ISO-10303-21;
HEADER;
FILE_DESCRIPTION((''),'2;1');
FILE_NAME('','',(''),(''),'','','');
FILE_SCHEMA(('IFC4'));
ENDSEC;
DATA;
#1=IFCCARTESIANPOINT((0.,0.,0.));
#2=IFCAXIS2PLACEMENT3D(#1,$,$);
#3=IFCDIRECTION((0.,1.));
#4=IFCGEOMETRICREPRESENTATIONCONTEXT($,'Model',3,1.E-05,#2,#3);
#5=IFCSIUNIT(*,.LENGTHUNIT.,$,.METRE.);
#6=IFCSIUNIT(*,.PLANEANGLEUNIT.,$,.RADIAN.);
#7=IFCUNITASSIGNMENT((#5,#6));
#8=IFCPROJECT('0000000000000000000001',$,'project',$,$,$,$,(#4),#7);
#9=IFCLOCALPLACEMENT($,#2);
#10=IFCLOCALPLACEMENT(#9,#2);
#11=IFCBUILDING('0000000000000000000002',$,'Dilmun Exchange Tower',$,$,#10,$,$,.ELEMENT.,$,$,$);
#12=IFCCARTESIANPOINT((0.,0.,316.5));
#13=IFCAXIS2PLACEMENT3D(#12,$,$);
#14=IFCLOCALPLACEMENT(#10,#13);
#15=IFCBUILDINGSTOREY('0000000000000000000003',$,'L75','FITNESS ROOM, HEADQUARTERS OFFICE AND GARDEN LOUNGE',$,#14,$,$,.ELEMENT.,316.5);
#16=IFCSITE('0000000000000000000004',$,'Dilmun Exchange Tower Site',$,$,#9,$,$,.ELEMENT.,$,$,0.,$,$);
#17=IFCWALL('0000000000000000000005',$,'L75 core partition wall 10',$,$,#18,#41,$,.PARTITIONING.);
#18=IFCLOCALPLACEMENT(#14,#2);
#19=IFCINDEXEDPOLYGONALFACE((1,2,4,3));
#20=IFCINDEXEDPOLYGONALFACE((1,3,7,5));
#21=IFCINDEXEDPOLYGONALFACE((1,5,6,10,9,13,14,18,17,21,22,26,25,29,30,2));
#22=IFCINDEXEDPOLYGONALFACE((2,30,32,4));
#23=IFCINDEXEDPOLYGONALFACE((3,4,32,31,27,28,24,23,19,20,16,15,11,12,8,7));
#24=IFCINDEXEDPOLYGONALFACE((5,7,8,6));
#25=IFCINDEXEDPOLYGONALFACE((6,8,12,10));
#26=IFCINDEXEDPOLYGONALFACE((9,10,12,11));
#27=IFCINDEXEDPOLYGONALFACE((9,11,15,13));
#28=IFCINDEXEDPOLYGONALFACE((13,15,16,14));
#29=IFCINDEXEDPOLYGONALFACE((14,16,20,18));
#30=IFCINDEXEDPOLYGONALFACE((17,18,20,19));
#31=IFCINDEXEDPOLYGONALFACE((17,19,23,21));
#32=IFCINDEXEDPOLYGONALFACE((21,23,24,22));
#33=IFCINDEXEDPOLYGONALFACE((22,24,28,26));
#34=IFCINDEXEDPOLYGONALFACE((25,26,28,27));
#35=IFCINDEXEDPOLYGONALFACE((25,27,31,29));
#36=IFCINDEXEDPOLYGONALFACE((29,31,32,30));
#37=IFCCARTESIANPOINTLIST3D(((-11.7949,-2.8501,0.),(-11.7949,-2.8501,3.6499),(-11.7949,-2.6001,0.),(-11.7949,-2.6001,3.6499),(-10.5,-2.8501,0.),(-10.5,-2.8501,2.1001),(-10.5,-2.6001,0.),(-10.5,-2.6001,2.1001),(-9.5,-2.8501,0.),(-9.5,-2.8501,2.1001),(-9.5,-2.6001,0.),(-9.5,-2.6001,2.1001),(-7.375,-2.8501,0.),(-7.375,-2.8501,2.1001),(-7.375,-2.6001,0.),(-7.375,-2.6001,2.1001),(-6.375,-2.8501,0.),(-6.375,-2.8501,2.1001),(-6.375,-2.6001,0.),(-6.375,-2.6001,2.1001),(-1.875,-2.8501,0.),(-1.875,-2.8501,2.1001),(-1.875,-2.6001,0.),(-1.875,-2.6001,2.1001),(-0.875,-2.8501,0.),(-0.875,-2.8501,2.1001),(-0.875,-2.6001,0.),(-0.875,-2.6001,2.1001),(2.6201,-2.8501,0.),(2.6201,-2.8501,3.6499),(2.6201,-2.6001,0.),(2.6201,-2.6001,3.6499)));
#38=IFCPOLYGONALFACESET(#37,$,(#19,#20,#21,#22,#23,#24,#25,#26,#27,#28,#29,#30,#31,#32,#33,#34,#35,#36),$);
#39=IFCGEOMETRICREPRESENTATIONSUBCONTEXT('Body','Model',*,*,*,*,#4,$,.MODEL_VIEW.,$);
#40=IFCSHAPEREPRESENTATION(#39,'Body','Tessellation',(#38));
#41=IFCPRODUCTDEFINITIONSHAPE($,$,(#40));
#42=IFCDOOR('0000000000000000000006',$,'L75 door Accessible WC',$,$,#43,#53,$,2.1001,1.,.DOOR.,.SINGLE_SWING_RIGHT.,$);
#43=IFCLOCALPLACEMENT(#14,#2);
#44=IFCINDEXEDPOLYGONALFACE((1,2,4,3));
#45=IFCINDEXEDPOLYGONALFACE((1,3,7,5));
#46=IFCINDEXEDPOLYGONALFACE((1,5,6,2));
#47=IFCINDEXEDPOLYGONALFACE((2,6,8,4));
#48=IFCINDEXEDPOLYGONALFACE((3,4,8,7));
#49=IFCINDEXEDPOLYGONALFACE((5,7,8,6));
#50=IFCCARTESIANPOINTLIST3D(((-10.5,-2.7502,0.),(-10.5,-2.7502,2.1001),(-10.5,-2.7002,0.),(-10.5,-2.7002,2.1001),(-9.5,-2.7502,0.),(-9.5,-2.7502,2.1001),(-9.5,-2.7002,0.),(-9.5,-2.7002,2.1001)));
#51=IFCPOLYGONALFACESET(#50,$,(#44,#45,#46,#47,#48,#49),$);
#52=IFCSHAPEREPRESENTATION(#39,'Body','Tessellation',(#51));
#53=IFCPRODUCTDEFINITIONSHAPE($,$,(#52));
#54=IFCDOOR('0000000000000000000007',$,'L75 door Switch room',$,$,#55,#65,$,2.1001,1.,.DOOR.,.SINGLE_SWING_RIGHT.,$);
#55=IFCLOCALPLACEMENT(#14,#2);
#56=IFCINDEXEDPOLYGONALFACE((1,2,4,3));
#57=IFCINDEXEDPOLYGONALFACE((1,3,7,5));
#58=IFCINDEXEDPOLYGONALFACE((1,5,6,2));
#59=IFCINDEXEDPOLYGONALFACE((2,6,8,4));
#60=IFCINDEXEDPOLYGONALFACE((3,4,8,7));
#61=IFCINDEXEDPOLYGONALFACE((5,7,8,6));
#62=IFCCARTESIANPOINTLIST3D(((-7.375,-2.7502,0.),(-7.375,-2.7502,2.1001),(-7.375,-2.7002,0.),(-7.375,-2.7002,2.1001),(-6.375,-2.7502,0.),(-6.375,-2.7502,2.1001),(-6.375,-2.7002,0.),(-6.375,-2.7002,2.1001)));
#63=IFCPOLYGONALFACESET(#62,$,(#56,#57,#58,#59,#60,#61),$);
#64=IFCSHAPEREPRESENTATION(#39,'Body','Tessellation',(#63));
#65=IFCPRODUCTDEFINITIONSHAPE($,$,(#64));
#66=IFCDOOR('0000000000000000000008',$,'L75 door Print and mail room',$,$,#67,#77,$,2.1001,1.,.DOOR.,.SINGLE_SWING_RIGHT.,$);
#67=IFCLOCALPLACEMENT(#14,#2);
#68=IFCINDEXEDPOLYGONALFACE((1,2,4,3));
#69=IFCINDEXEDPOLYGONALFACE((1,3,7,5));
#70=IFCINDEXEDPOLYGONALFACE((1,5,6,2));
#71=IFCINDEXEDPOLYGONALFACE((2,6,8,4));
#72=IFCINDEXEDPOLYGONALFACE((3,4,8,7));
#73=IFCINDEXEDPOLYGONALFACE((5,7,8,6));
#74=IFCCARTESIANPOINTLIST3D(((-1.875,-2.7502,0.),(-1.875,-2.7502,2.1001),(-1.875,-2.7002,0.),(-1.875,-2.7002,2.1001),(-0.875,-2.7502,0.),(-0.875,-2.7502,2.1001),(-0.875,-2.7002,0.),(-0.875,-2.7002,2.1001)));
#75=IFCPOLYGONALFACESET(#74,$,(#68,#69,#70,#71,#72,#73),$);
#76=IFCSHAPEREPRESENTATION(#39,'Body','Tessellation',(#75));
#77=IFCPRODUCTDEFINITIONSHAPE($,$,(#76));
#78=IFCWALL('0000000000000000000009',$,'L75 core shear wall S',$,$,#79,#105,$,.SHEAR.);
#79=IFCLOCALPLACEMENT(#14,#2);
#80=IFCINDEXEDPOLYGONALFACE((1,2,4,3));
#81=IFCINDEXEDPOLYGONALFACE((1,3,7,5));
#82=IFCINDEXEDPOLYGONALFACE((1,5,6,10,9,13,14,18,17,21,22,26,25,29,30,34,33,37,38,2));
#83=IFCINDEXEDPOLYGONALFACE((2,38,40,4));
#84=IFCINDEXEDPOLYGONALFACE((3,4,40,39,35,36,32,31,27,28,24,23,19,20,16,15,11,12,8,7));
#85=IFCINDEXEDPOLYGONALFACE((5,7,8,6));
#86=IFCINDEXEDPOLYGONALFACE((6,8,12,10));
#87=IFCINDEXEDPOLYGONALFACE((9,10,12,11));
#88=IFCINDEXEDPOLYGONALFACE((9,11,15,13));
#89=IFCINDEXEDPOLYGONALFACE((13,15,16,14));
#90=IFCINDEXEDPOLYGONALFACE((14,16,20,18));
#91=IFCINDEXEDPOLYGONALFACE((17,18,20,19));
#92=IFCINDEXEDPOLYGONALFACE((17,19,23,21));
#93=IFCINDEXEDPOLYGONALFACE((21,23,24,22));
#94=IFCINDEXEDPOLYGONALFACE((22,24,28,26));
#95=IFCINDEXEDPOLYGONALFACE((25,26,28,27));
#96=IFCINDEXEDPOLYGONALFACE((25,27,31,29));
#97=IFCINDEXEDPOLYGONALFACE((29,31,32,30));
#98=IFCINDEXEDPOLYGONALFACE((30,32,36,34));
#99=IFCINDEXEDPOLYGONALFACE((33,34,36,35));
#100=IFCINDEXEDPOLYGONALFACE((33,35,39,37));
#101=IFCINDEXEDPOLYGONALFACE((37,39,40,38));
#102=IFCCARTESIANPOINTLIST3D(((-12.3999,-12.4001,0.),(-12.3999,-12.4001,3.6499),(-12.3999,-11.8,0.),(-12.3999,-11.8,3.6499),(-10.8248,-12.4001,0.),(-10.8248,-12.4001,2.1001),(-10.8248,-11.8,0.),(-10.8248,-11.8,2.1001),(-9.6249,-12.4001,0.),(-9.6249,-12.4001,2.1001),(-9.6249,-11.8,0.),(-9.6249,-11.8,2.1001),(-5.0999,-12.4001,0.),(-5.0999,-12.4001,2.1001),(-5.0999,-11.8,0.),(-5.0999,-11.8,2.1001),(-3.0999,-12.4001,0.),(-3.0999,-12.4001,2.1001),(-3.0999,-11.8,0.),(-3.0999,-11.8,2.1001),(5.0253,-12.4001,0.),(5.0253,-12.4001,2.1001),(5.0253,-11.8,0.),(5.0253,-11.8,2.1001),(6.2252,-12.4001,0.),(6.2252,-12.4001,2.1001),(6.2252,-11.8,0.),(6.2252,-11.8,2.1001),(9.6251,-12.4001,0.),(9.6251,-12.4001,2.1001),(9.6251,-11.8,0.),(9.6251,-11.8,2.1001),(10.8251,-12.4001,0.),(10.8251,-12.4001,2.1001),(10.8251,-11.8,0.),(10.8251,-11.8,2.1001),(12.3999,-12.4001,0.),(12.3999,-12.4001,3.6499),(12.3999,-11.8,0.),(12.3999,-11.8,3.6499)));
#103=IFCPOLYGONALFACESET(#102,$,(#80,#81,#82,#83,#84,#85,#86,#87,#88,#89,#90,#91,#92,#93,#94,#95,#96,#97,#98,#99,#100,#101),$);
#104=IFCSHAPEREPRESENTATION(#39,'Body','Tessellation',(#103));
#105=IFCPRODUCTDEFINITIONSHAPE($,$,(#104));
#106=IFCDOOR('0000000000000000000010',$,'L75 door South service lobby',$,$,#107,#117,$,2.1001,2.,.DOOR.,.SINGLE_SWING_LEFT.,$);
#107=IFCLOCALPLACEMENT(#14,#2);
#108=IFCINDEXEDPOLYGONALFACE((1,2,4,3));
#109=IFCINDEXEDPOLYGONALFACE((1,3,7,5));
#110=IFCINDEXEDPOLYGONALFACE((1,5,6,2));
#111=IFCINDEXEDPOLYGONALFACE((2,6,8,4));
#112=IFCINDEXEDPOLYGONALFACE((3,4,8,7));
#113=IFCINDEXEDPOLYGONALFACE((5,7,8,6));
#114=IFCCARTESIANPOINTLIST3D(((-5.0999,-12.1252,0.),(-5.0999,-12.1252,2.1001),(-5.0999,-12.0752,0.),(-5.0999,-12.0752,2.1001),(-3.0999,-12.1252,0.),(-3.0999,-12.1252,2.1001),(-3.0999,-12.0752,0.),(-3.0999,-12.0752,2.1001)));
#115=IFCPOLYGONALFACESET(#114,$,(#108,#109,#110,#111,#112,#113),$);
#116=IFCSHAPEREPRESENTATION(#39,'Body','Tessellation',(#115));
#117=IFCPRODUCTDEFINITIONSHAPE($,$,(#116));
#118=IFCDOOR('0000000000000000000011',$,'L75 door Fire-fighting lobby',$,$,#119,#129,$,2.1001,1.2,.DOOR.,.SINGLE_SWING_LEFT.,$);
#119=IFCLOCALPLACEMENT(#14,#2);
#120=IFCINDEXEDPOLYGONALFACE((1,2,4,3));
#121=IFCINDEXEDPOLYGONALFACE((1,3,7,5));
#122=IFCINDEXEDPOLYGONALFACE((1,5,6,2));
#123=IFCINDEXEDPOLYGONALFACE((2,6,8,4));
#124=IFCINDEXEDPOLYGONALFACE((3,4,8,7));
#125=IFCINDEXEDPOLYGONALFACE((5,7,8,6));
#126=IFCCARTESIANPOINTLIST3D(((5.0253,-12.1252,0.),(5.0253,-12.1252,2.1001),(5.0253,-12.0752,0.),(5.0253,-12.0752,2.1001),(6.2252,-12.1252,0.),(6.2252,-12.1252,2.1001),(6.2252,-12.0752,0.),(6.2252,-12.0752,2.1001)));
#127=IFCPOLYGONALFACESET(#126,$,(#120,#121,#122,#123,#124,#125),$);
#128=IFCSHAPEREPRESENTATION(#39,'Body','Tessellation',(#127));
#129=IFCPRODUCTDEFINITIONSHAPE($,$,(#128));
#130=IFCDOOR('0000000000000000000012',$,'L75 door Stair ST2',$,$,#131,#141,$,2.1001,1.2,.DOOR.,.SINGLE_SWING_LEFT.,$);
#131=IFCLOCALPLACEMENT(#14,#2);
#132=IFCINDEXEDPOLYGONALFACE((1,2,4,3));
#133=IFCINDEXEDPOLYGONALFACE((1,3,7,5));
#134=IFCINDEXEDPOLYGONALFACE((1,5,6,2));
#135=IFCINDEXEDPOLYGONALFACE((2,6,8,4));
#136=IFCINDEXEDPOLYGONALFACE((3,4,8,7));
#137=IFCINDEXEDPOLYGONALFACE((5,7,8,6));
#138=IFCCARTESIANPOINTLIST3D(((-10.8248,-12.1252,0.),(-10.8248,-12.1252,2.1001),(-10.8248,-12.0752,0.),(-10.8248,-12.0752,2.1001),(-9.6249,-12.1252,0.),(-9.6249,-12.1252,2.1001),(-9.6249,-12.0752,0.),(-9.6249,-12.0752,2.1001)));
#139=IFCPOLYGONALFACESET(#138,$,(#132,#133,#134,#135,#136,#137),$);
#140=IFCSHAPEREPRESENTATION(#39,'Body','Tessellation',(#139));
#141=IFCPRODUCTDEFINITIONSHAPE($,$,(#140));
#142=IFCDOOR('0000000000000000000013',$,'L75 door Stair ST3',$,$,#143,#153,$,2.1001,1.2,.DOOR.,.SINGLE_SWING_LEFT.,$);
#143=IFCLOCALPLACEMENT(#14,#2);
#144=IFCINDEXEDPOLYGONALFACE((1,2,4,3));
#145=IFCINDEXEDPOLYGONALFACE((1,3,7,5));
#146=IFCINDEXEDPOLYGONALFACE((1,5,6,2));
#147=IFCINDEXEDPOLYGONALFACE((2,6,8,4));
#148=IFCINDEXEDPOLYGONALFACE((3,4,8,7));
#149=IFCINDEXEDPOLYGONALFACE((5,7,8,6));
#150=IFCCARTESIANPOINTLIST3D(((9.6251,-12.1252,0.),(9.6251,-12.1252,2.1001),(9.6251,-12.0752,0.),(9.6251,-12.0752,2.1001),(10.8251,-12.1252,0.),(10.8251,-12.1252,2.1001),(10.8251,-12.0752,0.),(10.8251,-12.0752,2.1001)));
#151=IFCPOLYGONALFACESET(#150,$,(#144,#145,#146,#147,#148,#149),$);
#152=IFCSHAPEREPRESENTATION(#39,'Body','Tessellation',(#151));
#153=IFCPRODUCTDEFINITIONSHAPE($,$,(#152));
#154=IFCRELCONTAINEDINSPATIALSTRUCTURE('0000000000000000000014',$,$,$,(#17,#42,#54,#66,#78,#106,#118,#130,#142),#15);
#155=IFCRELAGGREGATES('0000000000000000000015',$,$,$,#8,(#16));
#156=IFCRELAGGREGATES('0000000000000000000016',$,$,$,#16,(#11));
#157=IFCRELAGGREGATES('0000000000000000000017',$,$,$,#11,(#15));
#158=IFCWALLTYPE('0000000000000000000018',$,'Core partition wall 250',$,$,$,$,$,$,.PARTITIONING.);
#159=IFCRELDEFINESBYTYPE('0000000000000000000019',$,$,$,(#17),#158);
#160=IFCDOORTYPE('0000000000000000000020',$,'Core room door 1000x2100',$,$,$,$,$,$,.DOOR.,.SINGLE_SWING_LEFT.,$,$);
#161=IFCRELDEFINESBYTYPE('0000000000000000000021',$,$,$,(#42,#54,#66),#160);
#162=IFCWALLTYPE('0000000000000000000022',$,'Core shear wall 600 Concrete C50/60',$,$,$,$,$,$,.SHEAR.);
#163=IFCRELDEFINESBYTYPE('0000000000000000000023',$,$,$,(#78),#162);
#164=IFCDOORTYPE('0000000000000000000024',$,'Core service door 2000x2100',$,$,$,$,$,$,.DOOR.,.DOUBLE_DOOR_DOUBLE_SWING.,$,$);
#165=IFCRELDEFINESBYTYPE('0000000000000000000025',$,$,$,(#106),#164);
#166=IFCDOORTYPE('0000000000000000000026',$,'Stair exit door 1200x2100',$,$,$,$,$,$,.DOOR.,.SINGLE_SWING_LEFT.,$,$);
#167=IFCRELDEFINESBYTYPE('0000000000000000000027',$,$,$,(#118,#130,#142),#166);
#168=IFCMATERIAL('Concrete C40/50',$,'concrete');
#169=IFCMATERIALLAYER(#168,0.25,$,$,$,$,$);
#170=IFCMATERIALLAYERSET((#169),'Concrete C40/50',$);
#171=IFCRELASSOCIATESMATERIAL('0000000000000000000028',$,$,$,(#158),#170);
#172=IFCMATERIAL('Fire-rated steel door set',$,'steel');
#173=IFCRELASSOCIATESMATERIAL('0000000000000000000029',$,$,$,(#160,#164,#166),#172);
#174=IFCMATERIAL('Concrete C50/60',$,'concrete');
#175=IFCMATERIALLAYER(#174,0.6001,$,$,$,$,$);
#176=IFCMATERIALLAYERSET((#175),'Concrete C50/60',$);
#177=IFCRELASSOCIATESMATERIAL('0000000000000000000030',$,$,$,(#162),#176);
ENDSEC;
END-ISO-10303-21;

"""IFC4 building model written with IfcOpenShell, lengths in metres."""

from ifc_helpers import new_model, si_unit, direction, frame, frame_2d, origin, place, context, subcontext, project, spatial, rectangle, extrude, material, layer, layer_set, type_object, element, fill, save


model = new_model("IFC4")

# Units and contexts
model_context = context("Model", 3, precision=1e-05, world=origin(), true_north=direction((0.0, 1.0)))
body_context = subcontext(model_context, "Body", "Model", "MODEL_VIEW")
ifc_project = project(units=[si_unit("LENGTHUNIT", "METRE"), si_unit("PLANEANGLEUNIT", "RADIAN")], contexts=[model_context])

# Site, building, storey
site_placement = place(None, origin())
site = spatial("IfcSite", under=ifc_project, at=site_placement, Name="Dilmun Exchange Tower Site", CompositionType="ELEMENT", RefElevation=0.0)
building_placement = place(site_placement, origin())
building = spatial("IfcBuilding", under=site, at=building_placement, Name="Dilmun Exchange Tower", CompositionType="ELEMENT")
storey_placement = place(building_placement, frame((0.0, 0.0, 316.5)))
storey = spatial("IfcBuildingStorey", under=building, at=storey_placement, Name="L75", Description="FITNESS ROOM, HEADQUARTERS OFFICE AND GARDEN LOUNGE", CompositionType="ELEMENT", Elevation=316.5)

# Walls, openings, doors
ifc_material_1 = material(Name="Concrete C40/50", Category="concrete")
ifc_layer_1 = layer(ifc_material_1, 0.25)
ifc_layer_set_1 = layer_set([ifc_layer_1], Name="Concrete C40/50")
wall_type_1 = type_object("IfcWallType", Name="Core partition wall 250", PredefinedType="PARTITIONING", material=ifc_layer_set_1)
wall_1_placement = place(storey_placement, frame((-11.7949, -2.7251, 0.0), z_axis=(0.0, 0.0, 1.0), x_axis=(1.0, 0.0, 0.0)))
wall_1 = element("IfcWall", 1, at=wall_1_placement, inside=storey, type_object=wall_type_1, Name="L75 core partition wall 10", PredefinedType="PARTITIONING", context=body_context, shape_type="SweptSolid", body=[
    extrude(rectangle(XDim=14.415, YDim=0.25, at=frame_2d((7.2075, 0.0))), origin(), (0.0, 0.0, 1.0), 3.6499),
])
opening_1_placement = place(wall_1_placement, frame((1.2949, 0.0, 0.0)))
opening_1 = element("IfcOpeningElement", 2, at=opening_1_placement, cuts=wall_1, PredefinedType="OPENING", context=body_context, shape_type="SweptSolid", body=[
    extrude(rectangle(XDim=1.0, YDim=2.1001, at=frame_2d((0.5, 1.05))), frame((0.0, 0.135, 0.0), z_axis=(0.0, -1.0, 0.0), x_axis=(1.0, 0.0, 0.0)), (0.0, 0.0, 1.0), 0.27),
])
opening_2_placement = place(wall_1_placement, frame((4.4199, 0.0, 0.0)))
opening_2 = element("IfcOpeningElement", 3, at=opening_2_placement, cuts=wall_1, PredefinedType="OPENING", context=body_context, shape_type="SweptSolid", body=[
    extrude(rectangle(XDim=1.0, YDim=2.1001, at=frame_2d((0.5, 1.05))), frame((0.0, 0.135, 0.0), z_axis=(0.0, -1.0, 0.0), x_axis=(1.0, 0.0, 0.0)), (0.0, 0.0, 1.0), 0.27),
])
opening_3_placement = place(wall_1_placement, frame((9.9199, 0.0, 0.0)))
opening_3 = element("IfcOpeningElement", 4, at=opening_3_placement, cuts=wall_1, PredefinedType="OPENING", context=body_context, shape_type="SweptSolid", body=[
    extrude(rectangle(XDim=1.0, YDim=2.1001, at=frame_2d((0.5, 1.05))), frame((0.0, 0.135, 0.0), z_axis=(0.0, -1.0, 0.0), x_axis=(1.0, 0.0, 0.0)), (0.0, 0.0, 1.0), 0.27),
])
ifc_material_2 = material(Name="Fire-rated steel door set", Category="steel")
door_type_1 = type_object("IfcDoorType", Name="Core room door 1000x2100", OperationType="SINGLE_SWING_LEFT", PredefinedType="DOOR", material=ifc_material_2)
door_1_placement = place(opening_1_placement, origin())
door_1 = element("IfcDoor", 5, at=door_1_placement, inside=storey, type_object=door_type_1, Name="L75 door Accessible WC", OperationType="SINGLE_SWING_RIGHT", OverallHeight=2.1001, OverallWidth=1.0, PredefinedType="DOOR", context=body_context, shape_type="SweptSolid", body=[
    extrude(rectangle(XDim=1.0, YDim=2.1001, at=frame_2d((0.5, 1.05))), frame((0.0, 0.0249, 0.0), z_axis=(0.0, -1.0, 0.0), x_axis=(1.0, 0.0, 0.0)), (0.0, 0.0, 1.0), 0.05),
])
fill(opening_1, door_1)
door_2_placement = place(opening_2_placement, origin())
door_2 = element("IfcDoor", 6, at=door_2_placement, inside=storey, type_object=door_type_1, Name="L75 door Switch room", OperationType="SINGLE_SWING_RIGHT", OverallHeight=2.1001, OverallWidth=1.0, PredefinedType="DOOR", context=body_context, shape_type="SweptSolid", body=[
    extrude(rectangle(XDim=1.0, YDim=2.1001, at=frame_2d((0.5, 1.05))), frame((0.0, 0.0249, 0.0), z_axis=(0.0, -1.0, 0.0), x_axis=(1.0, 0.0, 0.0)), (0.0, 0.0, 1.0), 0.05),
])
fill(opening_2, door_2)
door_3_placement = place(opening_3_placement, origin())
door_3 = element("IfcDoor", 7, at=door_3_placement, inside=storey, type_object=door_type_1, Name="L75 door Print and mail room", OperationType="SINGLE_SWING_RIGHT", OverallHeight=2.1001, OverallWidth=1.0, PredefinedType="DOOR", context=body_context, shape_type="SweptSolid", body=[
    extrude(rectangle(XDim=1.0, YDim=2.1001, at=frame_2d((0.5, 1.05))), frame((0.0, 0.0249, 0.0), z_axis=(0.0, -1.0, 0.0), x_axis=(1.0, 0.0, 0.0)), (0.0, 0.0, 1.0), 0.05),
])
fill(opening_3, door_3)
ifc_material_3 = material(Name="Concrete C50/60", Category="concrete")
ifc_layer_2 = layer(ifc_material_3, 0.6001)
ifc_layer_set_2 = layer_set([ifc_layer_2], Name="Concrete C50/60")
wall_type_2 = type_object("IfcWallType", Name="Core shear wall 600 Concrete C50/60", PredefinedType="SHEAR", material=ifc_layer_set_2)
wall_2_placement = place(storey_placement, frame((-12.3999, -12.1001, 0.0), z_axis=(0.0, 0.0, 1.0), x_axis=(1.0, 0.0, 0.0)))
wall_2 = element("IfcWall", 8, at=wall_2_placement, inside=storey, type_object=wall_type_2, Name="L75 core shear wall S", PredefinedType="SHEAR", context=body_context, shape_type="SweptSolid", body=[
    extrude(rectangle(XDim=24.7998, YDim=0.6001, at=frame_2d((12.3999, 0.0))), origin(), (0.0, 0.0, 1.0), 3.6499),
])
opening_4_placement = place(wall_2_placement, frame((7.3, 0.0, 0.0)))
opening_4 = element("IfcOpeningElement", 9, at=opening_4_placement, cuts=wall_2, PredefinedType="OPENING", context=body_context, shape_type="SweptSolid", body=[
    extrude(rectangle(XDim=2.0, YDim=2.1001, at=frame_2d((1.0, 1.05))), frame((0.0, 0.3101, 0.0), z_axis=(0.0, -1.0, 0.0), x_axis=(1.0, 0.0, 0.0)), (0.0, 0.0, 1.0), 0.6201),
])
opening_5_placement = place(wall_2_placement, frame((17.425, 0.0, 0.0)))
opening_5 = element("IfcOpeningElement", 10, at=opening_5_placement, cuts=wall_2, PredefinedType="OPENING", context=body_context, shape_type="SweptSolid", body=[
    extrude(rectangle(XDim=1.2, YDim=2.1001, at=frame_2d((0.6001, 1.05))), frame((0.0, 0.3101, 0.0), z_axis=(0.0, -1.0, 0.0), x_axis=(1.0, 0.0, 0.0)), (0.0, 0.0, 1.0), 0.6201),
])
opening_6_placement = place(wall_2_placement, frame((1.575, 0.0, 0.0)))
opening_6 = element("IfcOpeningElement", 11, at=opening_6_placement, cuts=wall_2, PredefinedType="OPENING", context=body_context, shape_type="SweptSolid", body=[
    extrude(rectangle(XDim=1.2, YDim=2.1001, at=frame_2d((0.6001, 1.05))), frame((0.0, 0.3101, 0.0), z_axis=(0.0, -1.0, 0.0), x_axis=(1.0, 0.0, 0.0)), (0.0, 0.0, 1.0), 0.6201),
])
opening_7_placement = place(wall_2_placement, frame((22.0249, 0.0, 0.0)))
opening_7 = element("IfcOpeningElement", 12, at=opening_7_placement, cuts=wall_2, PredefinedType="OPENING", context=body_context, shape_type="SweptSolid", body=[
    extrude(rectangle(XDim=1.2, YDim=2.1001, at=frame_2d((0.6001, 1.05))), frame((0.0, 0.3101, 0.0), z_axis=(0.0, -1.0, 0.0), x_axis=(1.0, 0.0, 0.0)), (0.0, 0.0, 1.0), 0.6201),
])
door_type_2 = type_object("IfcDoorType", Name="Core service door 2000x2100", OperationType="DOUBLE_DOOR_DOUBLE_SWING", PredefinedType="DOOR", material=ifc_material_2)
door_4_placement = place(opening_4_placement, origin())
door_4 = element("IfcDoor", 13, at=door_4_placement, inside=storey, type_object=door_type_2, Name="L75 door South service lobby", OperationType="SINGLE_SWING_LEFT", OverallHeight=2.1001, OverallWidth=2.0, PredefinedType="DOOR", context=body_context, shape_type="SweptSolid", body=[
    extrude(rectangle(XDim=2.0, YDim=2.1001, at=frame_2d((1.0, 1.05))), frame((0.0, 0.0249, 0.0), z_axis=(0.0, -1.0, 0.0), x_axis=(1.0, 0.0, 0.0)), (0.0, 0.0, 1.0), 0.05),
])
fill(opening_4, door_4)
door_type_3 = type_object("IfcDoorType", Name="Stair exit door 1200x2100", OperationType="SINGLE_SWING_LEFT", PredefinedType="DOOR", material=ifc_material_2)
door_5_placement = place(opening_5_placement, origin())
door_5 = element("IfcDoor", 14, at=door_5_placement, inside=storey, type_object=door_type_3, Name="L75 door Fire-fighting lobby", OperationType="SINGLE_SWING_LEFT", OverallHeight=2.1001, OverallWidth=1.2, PredefinedType="DOOR", context=body_context, shape_type="SweptSolid", body=[
    extrude(rectangle(XDim=1.2, YDim=2.1001, at=frame_2d((0.6001, 1.05))), frame((0.0, 0.0249, 0.0), z_axis=(0.0, -1.0, 0.0), x_axis=(1.0, 0.0, 0.0)), (0.0, 0.0, 1.0), 0.05),
])
fill(opening_5, door_5)
door_6_placement = place(opening_6_placement, origin())
door_6 = element("IfcDoor", 15, at=door_6_placement, inside=storey, type_object=door_type_3, Name="L75 door Stair ST2", OperationType="SINGLE_SWING_LEFT", OverallHeight=2.1001, OverallWidth=1.2, PredefinedType="DOOR", context=body_context, shape_type="SweptSolid", body=[
    extrude(rectangle(XDim=1.2, YDim=2.1001, at=frame_2d((0.6001, 1.05))), frame((0.0, 0.0249, 0.0), z_axis=(0.0, -1.0, 0.0), x_axis=(1.0, 0.0, 0.0)), (0.0, 0.0, 1.0), 0.05),
])
fill(opening_6, door_6)
door_7_placement = place(opening_7_placement, origin())
door_7 = element("IfcDoor", 16, at=door_7_placement, inside=storey, type_object=door_type_3, Name="L75 door Stair ST3", OperationType="SINGLE_SWING_LEFT", OverallHeight=2.1001, OverallWidth=1.2, PredefinedType="DOOR", context=body_context, shape_type="SweptSolid", body=[
    extrude(rectangle(XDim=1.2, YDim=2.1001, at=frame_2d((0.6001, 1.05))), frame((0.0, 0.0249, 0.0), z_axis=(0.0, -1.0, 0.0), x_axis=(1.0, 0.0, 0.0)), (0.0, 0.0, 1.0), 0.05),
])
fill(opening_7, door_7)

save(model, "model.ifc")
